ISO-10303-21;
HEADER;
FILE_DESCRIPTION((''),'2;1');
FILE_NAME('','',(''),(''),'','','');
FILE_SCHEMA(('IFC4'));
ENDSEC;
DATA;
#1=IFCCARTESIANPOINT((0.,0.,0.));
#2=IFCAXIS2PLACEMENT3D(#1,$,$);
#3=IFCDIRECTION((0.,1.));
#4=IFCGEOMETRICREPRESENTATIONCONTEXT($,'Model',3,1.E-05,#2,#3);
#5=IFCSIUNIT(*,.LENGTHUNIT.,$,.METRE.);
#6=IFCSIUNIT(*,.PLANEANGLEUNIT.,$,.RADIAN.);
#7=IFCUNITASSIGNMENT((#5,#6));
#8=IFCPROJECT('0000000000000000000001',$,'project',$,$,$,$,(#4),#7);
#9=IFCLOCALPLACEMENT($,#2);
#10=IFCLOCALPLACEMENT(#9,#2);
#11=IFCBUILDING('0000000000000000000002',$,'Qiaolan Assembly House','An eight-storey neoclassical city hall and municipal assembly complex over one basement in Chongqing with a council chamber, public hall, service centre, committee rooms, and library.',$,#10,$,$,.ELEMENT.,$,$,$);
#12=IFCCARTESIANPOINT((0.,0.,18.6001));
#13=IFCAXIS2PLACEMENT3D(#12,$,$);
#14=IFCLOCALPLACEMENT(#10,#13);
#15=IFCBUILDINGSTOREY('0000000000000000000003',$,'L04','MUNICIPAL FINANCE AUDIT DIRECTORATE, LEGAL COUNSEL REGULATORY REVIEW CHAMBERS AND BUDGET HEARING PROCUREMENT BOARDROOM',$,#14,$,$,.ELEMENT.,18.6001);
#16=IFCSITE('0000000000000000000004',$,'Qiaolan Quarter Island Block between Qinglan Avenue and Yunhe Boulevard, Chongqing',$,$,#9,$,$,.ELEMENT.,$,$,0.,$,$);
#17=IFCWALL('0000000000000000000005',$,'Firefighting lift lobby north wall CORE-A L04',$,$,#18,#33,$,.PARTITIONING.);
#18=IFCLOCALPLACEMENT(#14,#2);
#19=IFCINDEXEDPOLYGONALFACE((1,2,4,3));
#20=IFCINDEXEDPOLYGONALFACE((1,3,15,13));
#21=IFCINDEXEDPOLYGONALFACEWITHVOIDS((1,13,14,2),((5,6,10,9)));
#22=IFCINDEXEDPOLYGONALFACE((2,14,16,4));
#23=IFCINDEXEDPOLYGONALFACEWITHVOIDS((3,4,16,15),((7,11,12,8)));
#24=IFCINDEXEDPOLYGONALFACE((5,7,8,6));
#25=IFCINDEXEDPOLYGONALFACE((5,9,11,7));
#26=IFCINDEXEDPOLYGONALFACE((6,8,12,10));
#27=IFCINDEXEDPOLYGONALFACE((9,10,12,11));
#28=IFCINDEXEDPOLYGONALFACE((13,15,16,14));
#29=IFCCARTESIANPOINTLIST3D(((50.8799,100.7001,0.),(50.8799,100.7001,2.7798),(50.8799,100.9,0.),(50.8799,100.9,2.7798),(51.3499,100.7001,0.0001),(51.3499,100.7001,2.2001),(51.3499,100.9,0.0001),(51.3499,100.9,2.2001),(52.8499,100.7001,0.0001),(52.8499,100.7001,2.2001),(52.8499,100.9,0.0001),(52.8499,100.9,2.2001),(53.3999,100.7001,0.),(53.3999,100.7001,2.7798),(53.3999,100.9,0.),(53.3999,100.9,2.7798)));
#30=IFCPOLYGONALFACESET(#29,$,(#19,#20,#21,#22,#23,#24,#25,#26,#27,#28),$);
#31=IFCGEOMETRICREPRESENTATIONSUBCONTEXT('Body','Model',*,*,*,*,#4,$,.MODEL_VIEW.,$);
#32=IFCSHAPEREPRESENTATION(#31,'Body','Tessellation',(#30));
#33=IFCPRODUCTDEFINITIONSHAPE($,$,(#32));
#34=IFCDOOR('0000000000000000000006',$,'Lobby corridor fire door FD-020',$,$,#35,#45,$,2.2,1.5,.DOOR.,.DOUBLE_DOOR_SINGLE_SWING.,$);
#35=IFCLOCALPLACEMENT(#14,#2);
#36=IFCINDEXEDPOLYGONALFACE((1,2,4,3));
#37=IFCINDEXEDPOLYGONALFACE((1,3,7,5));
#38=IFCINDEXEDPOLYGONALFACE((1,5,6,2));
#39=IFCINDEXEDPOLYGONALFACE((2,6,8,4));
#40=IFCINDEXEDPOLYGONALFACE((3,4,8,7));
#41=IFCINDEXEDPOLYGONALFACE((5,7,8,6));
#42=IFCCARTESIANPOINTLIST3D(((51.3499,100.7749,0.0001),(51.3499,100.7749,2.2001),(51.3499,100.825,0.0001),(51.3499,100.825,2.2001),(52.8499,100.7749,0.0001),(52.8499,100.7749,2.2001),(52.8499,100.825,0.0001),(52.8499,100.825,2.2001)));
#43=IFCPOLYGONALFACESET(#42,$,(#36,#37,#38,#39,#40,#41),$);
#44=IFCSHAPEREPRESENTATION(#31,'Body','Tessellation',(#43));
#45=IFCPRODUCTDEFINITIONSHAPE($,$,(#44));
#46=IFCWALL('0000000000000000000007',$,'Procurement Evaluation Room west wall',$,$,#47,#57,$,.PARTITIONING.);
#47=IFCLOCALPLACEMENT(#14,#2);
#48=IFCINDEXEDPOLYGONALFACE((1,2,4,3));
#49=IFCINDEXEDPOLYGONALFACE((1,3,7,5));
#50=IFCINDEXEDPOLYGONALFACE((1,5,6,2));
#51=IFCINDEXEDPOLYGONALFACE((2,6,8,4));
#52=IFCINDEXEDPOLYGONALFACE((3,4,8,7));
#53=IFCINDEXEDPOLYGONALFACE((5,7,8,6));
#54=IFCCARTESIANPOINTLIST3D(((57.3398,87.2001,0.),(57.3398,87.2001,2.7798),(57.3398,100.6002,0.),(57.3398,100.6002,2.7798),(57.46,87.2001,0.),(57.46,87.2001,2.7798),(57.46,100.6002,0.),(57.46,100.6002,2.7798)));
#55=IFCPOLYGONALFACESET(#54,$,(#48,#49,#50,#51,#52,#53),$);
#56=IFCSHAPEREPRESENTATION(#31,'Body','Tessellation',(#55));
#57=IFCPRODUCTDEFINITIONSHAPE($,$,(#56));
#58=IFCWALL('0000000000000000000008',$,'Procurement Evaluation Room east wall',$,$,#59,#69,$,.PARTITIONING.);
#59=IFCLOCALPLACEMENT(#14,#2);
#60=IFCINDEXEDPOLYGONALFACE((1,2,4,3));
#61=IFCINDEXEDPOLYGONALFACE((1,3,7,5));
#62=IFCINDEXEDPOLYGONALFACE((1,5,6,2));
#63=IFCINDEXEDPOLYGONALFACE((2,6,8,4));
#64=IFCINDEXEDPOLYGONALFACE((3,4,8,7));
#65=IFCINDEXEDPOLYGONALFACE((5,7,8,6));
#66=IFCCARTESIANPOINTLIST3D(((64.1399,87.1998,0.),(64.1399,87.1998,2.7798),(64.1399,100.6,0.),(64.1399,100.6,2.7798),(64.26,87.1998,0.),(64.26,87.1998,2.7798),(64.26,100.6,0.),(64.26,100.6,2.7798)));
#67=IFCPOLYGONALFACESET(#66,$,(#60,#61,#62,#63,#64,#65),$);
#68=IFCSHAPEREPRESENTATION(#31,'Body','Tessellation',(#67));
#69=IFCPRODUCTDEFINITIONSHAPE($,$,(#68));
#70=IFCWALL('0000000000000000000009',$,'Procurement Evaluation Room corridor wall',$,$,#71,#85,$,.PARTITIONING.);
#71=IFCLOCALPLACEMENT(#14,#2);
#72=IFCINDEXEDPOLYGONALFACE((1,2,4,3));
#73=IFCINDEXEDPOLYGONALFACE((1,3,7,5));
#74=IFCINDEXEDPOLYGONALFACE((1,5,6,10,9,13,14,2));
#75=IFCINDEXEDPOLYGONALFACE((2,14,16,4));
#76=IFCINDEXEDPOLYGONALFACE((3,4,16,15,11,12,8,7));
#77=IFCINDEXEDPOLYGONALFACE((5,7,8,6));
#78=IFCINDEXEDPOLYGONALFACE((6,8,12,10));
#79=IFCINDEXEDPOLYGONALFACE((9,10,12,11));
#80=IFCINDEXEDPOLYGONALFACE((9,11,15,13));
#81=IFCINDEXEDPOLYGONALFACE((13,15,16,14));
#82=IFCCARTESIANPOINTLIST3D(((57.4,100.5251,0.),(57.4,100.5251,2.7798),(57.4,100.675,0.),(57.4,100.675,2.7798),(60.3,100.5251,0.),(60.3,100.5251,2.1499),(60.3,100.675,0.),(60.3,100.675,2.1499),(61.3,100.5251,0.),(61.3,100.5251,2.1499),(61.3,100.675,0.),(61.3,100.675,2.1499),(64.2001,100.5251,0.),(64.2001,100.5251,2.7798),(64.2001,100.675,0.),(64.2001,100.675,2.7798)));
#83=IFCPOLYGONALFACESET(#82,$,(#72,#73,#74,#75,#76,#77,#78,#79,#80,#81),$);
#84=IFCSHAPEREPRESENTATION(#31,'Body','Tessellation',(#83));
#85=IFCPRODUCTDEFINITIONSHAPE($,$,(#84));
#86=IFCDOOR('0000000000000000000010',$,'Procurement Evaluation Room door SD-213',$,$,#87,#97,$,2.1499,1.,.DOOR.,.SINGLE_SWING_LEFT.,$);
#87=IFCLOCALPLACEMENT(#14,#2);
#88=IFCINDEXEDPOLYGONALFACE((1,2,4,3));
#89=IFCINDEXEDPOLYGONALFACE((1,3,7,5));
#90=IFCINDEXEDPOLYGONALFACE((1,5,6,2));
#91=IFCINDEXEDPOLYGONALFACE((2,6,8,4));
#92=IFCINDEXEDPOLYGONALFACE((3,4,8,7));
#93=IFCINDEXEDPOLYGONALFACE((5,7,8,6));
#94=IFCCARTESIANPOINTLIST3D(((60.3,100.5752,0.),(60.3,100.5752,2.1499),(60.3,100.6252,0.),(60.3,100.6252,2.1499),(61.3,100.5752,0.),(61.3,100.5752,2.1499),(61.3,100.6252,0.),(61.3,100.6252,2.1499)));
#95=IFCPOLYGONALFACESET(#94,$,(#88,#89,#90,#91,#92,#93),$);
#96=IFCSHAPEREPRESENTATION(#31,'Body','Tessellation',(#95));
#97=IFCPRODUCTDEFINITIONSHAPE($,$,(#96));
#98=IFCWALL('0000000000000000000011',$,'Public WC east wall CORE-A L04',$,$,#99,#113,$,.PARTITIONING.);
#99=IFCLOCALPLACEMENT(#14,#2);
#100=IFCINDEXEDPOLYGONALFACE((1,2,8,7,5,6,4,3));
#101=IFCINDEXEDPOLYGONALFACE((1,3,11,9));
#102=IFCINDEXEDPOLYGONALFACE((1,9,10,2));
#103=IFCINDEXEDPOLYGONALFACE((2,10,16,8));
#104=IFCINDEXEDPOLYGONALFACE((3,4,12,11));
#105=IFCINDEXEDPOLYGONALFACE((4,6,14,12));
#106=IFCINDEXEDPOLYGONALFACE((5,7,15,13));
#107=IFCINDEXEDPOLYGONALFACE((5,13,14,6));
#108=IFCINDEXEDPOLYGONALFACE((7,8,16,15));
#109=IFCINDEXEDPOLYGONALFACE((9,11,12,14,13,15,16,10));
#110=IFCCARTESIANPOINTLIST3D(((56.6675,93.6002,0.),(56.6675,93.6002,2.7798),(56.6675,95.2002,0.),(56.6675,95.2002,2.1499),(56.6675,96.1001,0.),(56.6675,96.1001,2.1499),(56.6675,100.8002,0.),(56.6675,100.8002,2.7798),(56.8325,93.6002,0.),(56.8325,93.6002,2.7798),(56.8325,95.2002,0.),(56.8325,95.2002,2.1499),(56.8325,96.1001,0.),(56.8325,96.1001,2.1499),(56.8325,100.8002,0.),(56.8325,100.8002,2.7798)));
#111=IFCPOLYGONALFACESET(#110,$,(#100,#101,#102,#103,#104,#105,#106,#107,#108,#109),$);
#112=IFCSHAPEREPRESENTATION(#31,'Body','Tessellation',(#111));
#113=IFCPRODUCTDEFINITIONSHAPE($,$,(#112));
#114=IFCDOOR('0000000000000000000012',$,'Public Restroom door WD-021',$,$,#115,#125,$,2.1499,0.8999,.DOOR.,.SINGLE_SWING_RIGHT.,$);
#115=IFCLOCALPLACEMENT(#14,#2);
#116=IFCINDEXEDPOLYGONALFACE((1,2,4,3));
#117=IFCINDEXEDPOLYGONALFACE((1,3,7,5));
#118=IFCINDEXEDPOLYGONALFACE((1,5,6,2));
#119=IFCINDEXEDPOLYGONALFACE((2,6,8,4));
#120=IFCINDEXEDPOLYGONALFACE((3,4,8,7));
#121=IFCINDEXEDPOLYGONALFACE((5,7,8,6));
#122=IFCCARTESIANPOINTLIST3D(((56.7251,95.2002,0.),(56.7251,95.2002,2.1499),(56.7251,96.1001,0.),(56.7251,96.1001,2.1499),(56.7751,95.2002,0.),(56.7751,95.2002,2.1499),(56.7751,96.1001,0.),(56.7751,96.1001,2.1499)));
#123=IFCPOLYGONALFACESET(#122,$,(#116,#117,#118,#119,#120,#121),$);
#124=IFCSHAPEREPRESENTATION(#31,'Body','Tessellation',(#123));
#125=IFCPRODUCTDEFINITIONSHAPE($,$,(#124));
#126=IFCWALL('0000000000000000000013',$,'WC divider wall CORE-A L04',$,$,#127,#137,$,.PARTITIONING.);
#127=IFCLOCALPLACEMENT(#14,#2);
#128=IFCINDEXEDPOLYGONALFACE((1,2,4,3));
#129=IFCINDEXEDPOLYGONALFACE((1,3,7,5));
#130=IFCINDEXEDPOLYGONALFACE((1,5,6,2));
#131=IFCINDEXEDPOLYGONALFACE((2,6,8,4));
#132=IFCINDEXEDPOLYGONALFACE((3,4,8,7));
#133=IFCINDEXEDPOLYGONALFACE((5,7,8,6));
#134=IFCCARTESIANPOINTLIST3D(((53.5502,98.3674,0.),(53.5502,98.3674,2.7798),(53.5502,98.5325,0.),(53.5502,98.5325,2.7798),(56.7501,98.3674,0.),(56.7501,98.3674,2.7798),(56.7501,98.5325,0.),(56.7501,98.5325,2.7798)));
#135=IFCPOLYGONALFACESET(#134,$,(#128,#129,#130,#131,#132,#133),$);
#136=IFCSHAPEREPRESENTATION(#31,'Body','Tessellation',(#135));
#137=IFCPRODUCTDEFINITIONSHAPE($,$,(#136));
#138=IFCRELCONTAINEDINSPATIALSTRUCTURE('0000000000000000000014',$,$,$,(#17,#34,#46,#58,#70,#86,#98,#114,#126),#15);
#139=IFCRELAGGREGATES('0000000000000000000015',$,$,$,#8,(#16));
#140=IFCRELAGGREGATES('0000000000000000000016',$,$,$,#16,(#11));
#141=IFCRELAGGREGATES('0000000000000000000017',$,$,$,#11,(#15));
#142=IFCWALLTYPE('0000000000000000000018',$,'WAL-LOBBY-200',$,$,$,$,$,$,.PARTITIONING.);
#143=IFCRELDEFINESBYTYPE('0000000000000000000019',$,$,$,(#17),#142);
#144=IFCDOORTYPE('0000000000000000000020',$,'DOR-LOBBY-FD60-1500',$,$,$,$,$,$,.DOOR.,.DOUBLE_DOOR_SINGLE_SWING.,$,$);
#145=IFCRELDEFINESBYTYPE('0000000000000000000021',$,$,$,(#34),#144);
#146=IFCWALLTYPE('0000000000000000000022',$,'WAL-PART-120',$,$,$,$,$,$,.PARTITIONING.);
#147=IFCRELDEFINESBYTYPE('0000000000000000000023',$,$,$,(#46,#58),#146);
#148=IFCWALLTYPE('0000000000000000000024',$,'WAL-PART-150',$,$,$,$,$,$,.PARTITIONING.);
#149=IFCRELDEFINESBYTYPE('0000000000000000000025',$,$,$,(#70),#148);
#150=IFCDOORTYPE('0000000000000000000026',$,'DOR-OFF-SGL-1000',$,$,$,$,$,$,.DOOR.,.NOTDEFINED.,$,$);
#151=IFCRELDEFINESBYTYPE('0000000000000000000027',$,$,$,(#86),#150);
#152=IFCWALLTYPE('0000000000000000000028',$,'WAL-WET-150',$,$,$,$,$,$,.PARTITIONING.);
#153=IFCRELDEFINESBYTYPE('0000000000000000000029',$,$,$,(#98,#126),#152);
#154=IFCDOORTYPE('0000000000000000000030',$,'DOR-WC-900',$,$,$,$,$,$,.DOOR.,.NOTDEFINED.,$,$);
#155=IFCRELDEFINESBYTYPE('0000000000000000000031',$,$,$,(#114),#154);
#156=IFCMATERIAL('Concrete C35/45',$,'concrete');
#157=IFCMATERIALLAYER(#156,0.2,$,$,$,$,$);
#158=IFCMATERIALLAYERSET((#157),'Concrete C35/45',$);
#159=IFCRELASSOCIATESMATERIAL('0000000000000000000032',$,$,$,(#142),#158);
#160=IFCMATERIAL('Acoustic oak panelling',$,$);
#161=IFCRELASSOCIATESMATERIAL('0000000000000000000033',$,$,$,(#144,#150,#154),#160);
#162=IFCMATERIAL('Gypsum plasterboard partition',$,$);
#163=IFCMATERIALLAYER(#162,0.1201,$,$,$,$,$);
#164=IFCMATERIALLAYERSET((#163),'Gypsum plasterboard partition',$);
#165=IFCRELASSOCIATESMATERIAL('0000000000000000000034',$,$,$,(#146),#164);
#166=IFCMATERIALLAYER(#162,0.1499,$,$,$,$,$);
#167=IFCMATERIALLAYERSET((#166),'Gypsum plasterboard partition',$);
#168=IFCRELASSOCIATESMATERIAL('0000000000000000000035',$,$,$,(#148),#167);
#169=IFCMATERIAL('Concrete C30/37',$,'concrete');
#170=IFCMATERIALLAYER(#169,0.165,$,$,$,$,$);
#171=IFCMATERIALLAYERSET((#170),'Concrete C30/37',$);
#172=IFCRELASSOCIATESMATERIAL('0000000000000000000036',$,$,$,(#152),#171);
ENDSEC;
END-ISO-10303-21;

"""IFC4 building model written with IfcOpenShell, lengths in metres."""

from ifc_helpers import new_model, si_unit, direction, frame, frame_2d, origin, place, context, subcontext, project, spatial, rectangle, extrude, material, layer, layer_set, type_object, element, fill, save


model = new_model("IFC4")

# Units and contexts
model_context = context("Model", 3, precision=1e-05, world=origin(), true_north=direction((0.0, 1.0)))
body_context = subcontext(model_context, "Body", "Model", "MODEL_VIEW")
ifc_project = project(units=[si_unit("LENGTHUNIT", "METRE"), si_unit("PLANEANGLEUNIT", "RADIAN")], contexts=[model_context])

# Site, building, storey
site_placement = place(None, origin())
site = spatial("IfcSite", under=ifc_project, at=site_placement, Name="Qiaolan Quarter Island Block between Qinglan Avenue and Yunhe Boulevard, Chongqing", CompositionType="ELEMENT", RefElevation=0.0)
building_placement = place(site_placement, origin())
building = spatial("IfcBuilding", under=site, at=building_placement, Name="Qiaolan Assembly House", Description="An eight-storey neoclassical city hall and municipal assembly complex over one basement in Chongqing with a council chamber, public hall, service centre, committee rooms, and library.", CompositionType="ELEMENT")
storey_placement = place(building_placement, frame((0.0, 0.0, 18.6001)))
storey = spatial("IfcBuildingStorey", under=building, at=storey_placement, Name="L04", Description="MUNICIPAL FINANCE AUDIT DIRECTORATE, LEGAL COUNSEL REGULATORY REVIEW CHAMBERS AND BUDGET HEARING PROCUREMENT BOARDROOM", CompositionType="ELEMENT", Elevation=18.6001)

# Shared definitions
ifc_material_1 = material(Name="Concrete C35/45", Category="concrete")
ifc_layer_1 = layer(ifc_material_1, 0.2)
ifc_layer_set_1 = layer_set([ifc_layer_1], Name="Concrete C35/45")
wall_type_1 = type_object("IfcWallType", Name="WAL-LOBBY-200", PredefinedType="PARTITIONING", material=ifc_layer_set_1)

# Wall, opening, door
wall_1_placement = place(storey_placement, frame((53.3999, 100.8, 0.0), z_axis=(0.0, 0.0, 1.0), x_axis=(-1.0, 0.0, 0.0)))
wall_1 = element("IfcWall", 1, at=wall_1_placement, inside=storey, type_object=wall_type_1, Name="Firefighting lift lobby north wall CORE-A L04", PredefinedType="PARTITIONING", context=body_context, shape_type="SweptSolid", body=[
    extrude(rectangle(XDim=2.52, YDim=0.2, at=frame_2d((1.26, 0.0))), origin(), (0.0, 0.0, 1.0), 2.7798),
])
opening_1_placement = place(wall_1_placement, frame((0.55, 0.0, 0.0)))
opening_1 = element("IfcOpeningElement", 2, at=opening_1_placement, cuts=wall_1, PredefinedType="OPENING", context=body_context, shape_type="SweptSolid", body=[
    extrude(rectangle(XDim=1.5, YDim=2.2, at=frame_2d((0.75, 1.1001))), frame((0.0, 0.1099, 0.0), z_axis=(0.0, -1.0, 0.0), x_axis=(1.0, 0.0, 0.0)), (0.0, 0.0, 1.0), 0.22),
])
ifc_material_2 = material(Name="Acoustic oak panelling")
door_type_1 = type_object("IfcDoorType", Name="DOR-LOBBY-FD60-1500", OperationType="DOUBLE_DOOR_SINGLE_SWING", PredefinedType="DOOR", material=ifc_material_2)
door_1_placement = place(opening_1_placement, frame((1.5, 0.0, 0.0), z_axis=(0.0, 0.0, 1.0), x_axis=(-1.0, 0.0, 0.0)))
door_1 = element("IfcDoor", 3, at=door_1_placement, inside=storey, type_object=door_type_1, Name="Lobby corridor fire door FD-020", OperationType="DOUBLE_DOOR_SINGLE_SWING", OverallHeight=2.2, OverallWidth=1.5, PredefinedType="DOOR", context=body_context, shape_type="SweptSolid", body=[
    extrude(rectangle(XDim=1.5, YDim=2.2, at=frame_2d((0.75, 1.1001))), frame((0.0, 0.0249, 0.0), z_axis=(0.0, -1.0, 0.0), x_axis=(1.0, 0.0, 0.0)), (0.0, 0.0, 1.0), 0.05),
])
fill(opening_1, door_1)

# Walls
ifc_material_3 = material(Name="Gypsum plasterboard partition")
ifc_layer_2 = layer(ifc_material_3, 0.1201)
ifc_layer_set_2 = layer_set([ifc_layer_2], Name="Gypsum plasterboard partition")
wall_type_2 = type_object("IfcWallType", Name="WAL-PART-120", PredefinedType="PARTITIONING", material=ifc_layer_set_2)
for number, where, z_axis, x_axis, name in (
    (4, (57.3999, 87.2, 0.0), (0.0, 0.0, 1.0), (0.0, 1.0, 0.0), "Procurement Evaluation Room west wall"),
    (5, (64.2, 100.6001, 0.0), (0.0, 0.0, 1.0), (0.0, -1.0, 0.0), "Procurement Evaluation Room east wall"),
):
    element("IfcWall", number, at=place(storey_placement, frame(where, z_axis=z_axis, x_axis=x_axis)), inside=storey, type_object=wall_type_2, Name=name, PredefinedType="PARTITIONING", context=body_context, shape_type="SweptSolid", body=[
        extrude(rectangle(XDim=13.4001, YDim=0.1201, at=frame_2d((6.7002, 0.0))), origin(), (0.0, 0.0, 1.0), 2.7798),
    ])

# Walls, openings, doors
ifc_layer_3 = layer(ifc_material_3, 0.1499)
ifc_layer_set_3 = layer_set([ifc_layer_3], Name="Gypsum plasterboard partition")
wall_type_3 = type_object("IfcWallType", Name="WAL-PART-150", PredefinedType="PARTITIONING", material=ifc_layer_set_3)
wall_2_placement = place(storey_placement, frame((64.2, 100.6001, 0.0), z_axis=(0.0, 0.0, 1.0), x_axis=(-1.0, 0.0, 0.0)))
wall_2 = element("IfcWall", 6, at=wall_2_placement, inside=storey, type_object=wall_type_3, Name="Procurement Evaluation Room corridor wall", PredefinedType="PARTITIONING", context=body_context, shape_type="SweptSolid", body=[
    extrude(rectangle(XDim=6.8, YDim=0.1499, at=frame_2d((3.3999, 0.0))), origin(), (0.0, 0.0, 1.0), 2.7798),
])
opening_2_placement = place(wall_2_placement, frame((2.8999, 0.0, 0.0)))
opening_2 = element("IfcOpeningElement", 7, at=opening_2_placement, cuts=wall_2, PredefinedType="OPENING", context=body_context, shape_type="SweptSolid", body=[
    extrude(rectangle(XDim=1.0, YDim=2.1499, at=frame_2d((0.5, 1.075))), frame((0.0, 0.085, 0.0), z_axis=(0.0, -1.0, 0.0), x_axis=(1.0, 0.0, 0.0)), (0.0, 0.0, 1.0), 0.1699),
])
door_type_2 = type_object("IfcDoorType", Name="DOR-OFF-SGL-1000", OperationType="NOTDEFINED", PredefinedType="DOOR", material=ifc_material_2)
door_2_placement = place(opening_2_placement, origin())
door_2 = element("IfcDoor", 8, at=door_2_placement, inside=storey, type_object=door_type_2, Name="Procurement Evaluation Room door SD-213", OperationType="SINGLE_SWING_LEFT", OverallHeight=2.1499, OverallWidth=1.0, PredefinedType="DOOR", context=body_context, shape_type="SweptSolid", body=[
    extrude(rectangle(XDim=1.0, YDim=2.1499, at=frame_2d((0.5, 1.075))), frame((0.0, 0.0249, 0.0), z_axis=(0.0, -1.0, 0.0), x_axis=(1.0, 0.0, 0.0)), (0.0, 0.0, 1.0), 0.05),
])
fill(opening_2, door_2)
ifc_material_4 = material(Name="Concrete C30/37", Category="concrete")
ifc_layer_4 = layer(ifc_material_4, 0.165)
ifc_layer_set_4 = layer_set([ifc_layer_4], Name="Concrete C30/37")
wall_type_4 = type_object("IfcWallType", Name="WAL-WET-150", PredefinedType="PARTITIONING", material=ifc_layer_set_4)
wall_3_placement = place(storey_placement, frame((56.75, 93.6001, 0.0), z_axis=(0.0, 0.0, 1.0), x_axis=(0.0, 1.0, 0.0)))
wall_3 = element("IfcWall", 9, at=wall_3_placement, inside=storey, type_object=wall_type_4, Name="Public WC east wall CORE-A L04", PredefinedType="PARTITIONING", context=body_context, shape_type="SweptSolid", body=[
    extrude(rectangle(XDim=7.2, YDim=0.165, at=frame_2d((3.6001, 0.0))), origin(), (0.0, 0.0, 1.0), 2.7798),
])
opening_3_placement = place(wall_3_placement, frame((1.6001, 0.0, 0.0)))
opening_3 = element("IfcOpeningElement", 10, at=opening_3_placement, cuts=wall_3, PredefinedType="OPENING", context=body_context, shape_type="SweptSolid", body=[
    extrude(rectangle(XDim=0.8999, YDim=2.1499, at=frame_2d((0.45, 1.075))), frame((0.0, 0.0925, 0.0), z_axis=(0.0, -1.0, 0.0), x_axis=(1.0, 0.0, 0.0)), (0.0, 0.0, 1.0), 0.1851),
])
door_type_3 = type_object("IfcDoorType", Name="DOR-WC-900", OperationType="NOTDEFINED", PredefinedType="DOOR", material=ifc_material_2)
door_3_placement = place(opening_3_placement, origin())
door_3 = element("IfcDoor", 11, at=door_3_placement, inside=storey, type_object=door_type_3, Name="Public Restroom door WD-021", OperationType="SINGLE_SWING_RIGHT", OverallHeight=2.1499, OverallWidth=0.8999, PredefinedType="DOOR", context=body_context, shape_type="SweptSolid", body=[
    extrude(rectangle(XDim=0.8999, YDim=2.1499, at=frame_2d((0.45, 1.075))), frame((0.0, 0.0249, 0.0), z_axis=(0.0, -1.0, 0.0), x_axis=(1.0, 0.0, 0.0)), (0.0, 0.0, 1.0), 0.05),
])
fill(opening_3, door_3)

# Wall
wall_4_placement = place(storey_placement, frame((53.55, 98.45, 0.0), z_axis=(0.0, 0.0, 1.0), x_axis=(1.0, 0.0, 0.0)))
element("IfcWall", 12, at=wall_4_placement, inside=storey, type_object=wall_type_4, Name="WC divider wall CORE-A L04", PredefinedType="PARTITIONING", context=body_context, shape_type="SweptSolid", body=[
    extrude(rectangle(XDim=3.2, YDim=0.165, at=frame_2d((1.6001, 0.0))), origin(), (0.0, 0.0, 1.0), 2.7798),
])

save(model, "model.ifc")
